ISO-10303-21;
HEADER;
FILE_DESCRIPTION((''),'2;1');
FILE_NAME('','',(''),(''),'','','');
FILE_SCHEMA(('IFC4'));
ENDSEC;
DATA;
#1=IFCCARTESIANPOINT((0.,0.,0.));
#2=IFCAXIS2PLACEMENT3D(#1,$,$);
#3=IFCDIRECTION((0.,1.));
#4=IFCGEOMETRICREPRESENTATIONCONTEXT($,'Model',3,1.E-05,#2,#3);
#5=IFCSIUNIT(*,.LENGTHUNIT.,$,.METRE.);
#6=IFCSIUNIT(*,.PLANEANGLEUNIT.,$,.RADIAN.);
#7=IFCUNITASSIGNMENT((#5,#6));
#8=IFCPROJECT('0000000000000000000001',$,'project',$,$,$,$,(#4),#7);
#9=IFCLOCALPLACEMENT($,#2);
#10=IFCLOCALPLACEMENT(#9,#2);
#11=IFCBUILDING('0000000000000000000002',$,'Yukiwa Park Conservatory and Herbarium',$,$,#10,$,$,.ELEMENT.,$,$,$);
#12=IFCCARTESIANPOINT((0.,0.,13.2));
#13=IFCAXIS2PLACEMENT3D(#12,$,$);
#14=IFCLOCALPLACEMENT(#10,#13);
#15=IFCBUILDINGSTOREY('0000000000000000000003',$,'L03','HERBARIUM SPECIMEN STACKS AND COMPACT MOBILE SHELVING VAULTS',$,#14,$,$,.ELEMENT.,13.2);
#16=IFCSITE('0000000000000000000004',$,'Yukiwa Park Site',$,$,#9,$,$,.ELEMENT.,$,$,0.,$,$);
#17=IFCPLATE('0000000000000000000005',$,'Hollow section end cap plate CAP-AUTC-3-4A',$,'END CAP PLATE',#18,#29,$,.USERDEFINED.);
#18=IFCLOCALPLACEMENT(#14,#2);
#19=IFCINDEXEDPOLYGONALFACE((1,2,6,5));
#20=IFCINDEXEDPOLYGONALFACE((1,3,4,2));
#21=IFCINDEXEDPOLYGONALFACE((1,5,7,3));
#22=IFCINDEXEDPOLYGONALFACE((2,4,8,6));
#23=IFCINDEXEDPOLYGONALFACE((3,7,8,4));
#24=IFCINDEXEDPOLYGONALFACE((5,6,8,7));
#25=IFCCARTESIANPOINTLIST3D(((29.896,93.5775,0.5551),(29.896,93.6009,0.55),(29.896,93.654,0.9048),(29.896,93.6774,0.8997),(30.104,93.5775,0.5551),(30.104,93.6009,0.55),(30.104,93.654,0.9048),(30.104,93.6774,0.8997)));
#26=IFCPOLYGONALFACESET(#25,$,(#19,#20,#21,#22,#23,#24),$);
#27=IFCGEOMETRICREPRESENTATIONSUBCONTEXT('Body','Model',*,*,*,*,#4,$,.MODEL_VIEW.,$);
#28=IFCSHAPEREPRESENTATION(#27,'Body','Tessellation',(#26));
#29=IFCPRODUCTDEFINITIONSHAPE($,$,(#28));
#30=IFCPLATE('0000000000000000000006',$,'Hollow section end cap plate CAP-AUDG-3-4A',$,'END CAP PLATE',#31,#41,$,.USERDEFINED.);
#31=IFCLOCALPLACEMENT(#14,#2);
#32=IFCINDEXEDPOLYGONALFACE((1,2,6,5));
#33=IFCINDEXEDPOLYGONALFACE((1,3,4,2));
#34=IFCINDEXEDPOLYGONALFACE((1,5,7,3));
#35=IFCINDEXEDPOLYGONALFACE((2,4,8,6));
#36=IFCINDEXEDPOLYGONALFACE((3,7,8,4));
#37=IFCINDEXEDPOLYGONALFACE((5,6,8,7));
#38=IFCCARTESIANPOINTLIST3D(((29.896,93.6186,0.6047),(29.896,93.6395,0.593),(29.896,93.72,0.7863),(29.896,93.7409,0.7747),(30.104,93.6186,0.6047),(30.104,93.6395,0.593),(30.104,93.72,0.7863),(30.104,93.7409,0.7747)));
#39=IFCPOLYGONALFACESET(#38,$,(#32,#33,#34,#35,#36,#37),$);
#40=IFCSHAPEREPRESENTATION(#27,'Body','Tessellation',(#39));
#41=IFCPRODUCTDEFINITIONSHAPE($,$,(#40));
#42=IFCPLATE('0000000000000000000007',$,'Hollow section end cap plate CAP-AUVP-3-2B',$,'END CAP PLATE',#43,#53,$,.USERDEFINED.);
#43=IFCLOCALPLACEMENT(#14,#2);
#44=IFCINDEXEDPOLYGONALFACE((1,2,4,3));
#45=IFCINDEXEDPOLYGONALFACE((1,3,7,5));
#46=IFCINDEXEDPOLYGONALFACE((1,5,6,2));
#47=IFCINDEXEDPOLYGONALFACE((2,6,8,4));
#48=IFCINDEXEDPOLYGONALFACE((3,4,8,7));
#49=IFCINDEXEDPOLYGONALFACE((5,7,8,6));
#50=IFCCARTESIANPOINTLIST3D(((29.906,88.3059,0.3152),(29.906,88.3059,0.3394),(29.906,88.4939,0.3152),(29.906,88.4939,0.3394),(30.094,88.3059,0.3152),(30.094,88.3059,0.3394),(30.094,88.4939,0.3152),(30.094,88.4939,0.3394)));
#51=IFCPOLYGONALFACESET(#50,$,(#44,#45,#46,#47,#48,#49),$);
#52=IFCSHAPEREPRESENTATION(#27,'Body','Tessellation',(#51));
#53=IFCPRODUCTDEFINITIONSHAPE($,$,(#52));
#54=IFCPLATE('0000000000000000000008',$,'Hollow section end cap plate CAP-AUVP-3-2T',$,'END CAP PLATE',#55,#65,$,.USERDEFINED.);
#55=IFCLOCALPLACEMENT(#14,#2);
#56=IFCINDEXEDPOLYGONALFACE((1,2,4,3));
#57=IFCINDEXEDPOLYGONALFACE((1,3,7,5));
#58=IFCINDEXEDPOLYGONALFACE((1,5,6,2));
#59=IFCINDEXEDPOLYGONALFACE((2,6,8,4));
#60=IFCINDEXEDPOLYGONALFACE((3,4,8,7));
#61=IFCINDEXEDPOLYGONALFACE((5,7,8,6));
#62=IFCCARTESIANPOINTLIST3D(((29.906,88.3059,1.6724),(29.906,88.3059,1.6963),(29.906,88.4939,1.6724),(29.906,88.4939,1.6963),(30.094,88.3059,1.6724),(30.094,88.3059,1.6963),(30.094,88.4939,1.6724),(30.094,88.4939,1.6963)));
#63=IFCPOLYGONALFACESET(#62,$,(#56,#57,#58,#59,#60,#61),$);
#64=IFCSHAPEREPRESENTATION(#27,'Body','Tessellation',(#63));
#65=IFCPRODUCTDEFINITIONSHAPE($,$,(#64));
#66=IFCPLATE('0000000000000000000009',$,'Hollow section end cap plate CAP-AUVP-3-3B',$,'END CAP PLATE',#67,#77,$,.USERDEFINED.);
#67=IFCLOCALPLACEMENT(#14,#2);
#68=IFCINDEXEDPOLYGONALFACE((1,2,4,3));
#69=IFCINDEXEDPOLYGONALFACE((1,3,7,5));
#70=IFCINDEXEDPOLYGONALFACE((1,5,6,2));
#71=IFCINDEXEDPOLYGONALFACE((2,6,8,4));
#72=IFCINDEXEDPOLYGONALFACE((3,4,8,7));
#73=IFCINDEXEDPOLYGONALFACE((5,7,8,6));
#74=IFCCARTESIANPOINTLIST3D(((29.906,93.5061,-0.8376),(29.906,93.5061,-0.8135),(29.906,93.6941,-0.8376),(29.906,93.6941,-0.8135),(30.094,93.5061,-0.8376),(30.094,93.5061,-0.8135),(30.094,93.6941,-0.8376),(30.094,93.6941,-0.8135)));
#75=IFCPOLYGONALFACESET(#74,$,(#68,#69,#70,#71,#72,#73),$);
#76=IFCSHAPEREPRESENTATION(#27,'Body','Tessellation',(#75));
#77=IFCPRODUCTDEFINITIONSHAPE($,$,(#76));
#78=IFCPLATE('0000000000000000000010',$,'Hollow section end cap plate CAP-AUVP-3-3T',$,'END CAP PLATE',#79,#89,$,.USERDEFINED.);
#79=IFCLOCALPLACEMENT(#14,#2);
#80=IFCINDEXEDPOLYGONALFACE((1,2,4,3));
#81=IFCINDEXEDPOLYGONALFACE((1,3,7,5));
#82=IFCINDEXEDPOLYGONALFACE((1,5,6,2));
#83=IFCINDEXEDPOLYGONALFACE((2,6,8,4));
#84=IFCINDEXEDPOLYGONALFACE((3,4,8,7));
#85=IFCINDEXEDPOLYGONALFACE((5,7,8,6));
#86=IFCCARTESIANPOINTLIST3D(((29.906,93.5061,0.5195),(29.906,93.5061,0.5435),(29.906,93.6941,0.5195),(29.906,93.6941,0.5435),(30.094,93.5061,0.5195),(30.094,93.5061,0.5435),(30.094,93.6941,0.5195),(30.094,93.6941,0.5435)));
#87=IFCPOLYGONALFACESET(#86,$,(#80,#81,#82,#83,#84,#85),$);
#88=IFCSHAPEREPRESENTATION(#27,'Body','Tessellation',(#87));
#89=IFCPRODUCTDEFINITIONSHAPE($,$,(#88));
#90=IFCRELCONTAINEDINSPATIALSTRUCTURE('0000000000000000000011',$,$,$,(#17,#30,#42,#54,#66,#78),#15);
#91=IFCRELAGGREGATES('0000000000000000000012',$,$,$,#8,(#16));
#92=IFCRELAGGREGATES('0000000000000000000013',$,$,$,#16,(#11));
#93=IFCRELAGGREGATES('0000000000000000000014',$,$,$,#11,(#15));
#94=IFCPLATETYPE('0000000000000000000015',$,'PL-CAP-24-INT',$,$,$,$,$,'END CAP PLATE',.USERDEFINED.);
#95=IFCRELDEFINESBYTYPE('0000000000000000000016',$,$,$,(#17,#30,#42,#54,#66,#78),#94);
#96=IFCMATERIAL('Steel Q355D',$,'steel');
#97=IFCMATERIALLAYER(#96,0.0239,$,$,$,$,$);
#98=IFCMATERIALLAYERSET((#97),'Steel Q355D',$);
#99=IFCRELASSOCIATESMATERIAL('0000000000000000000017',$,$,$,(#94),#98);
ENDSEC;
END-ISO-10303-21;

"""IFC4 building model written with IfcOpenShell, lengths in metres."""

from ifc_helpers import new_model, si_unit, direction, frame, origin, origin_2d, place, context, subcontext, project, spatial, rectangle, extrude, material, layer, layer_set, type_object, element, save


model = new_model("IFC4")

# Units and contexts
model_context = context("Model", 3, precision=1e-05, world=origin(), true_north=direction((0.0, 1.0)))
body_context = subcontext(model_context, "Body", "Model", "MODEL_VIEW")
ifc_project = project(units=[si_unit("LENGTHUNIT", "METRE"), si_unit("PLANEANGLEUNIT", "RADIAN")], contexts=[model_context])

# Site, building, storey
site_placement = place(None, origin())
site = spatial("IfcSite", under=ifc_project, at=site_placement, Name="Yukiwa Park Site", CompositionType="ELEMENT", RefElevation=0.0)
building_placement = place(site_placement, origin())
building = spatial("IfcBuilding", under=site, at=building_placement, Name="Yukiwa Park Conservatory and Herbarium", CompositionType="ELEMENT")
storey_placement = place(building_placement, frame((0.0, 0.0, 13.2)))
storey = spatial("IfcBuildingStorey", under=building, at=storey_placement, Name="L03", Description="HERBARIUM SPECIMEN STACKS AND COMPACT MOBILE SHELVING VAULTS", CompositionType="ELEMENT", Elevation=13.2)

# Plates
ifc_material_1 = material(Name="Steel Q355D", Category="steel")
ifc_layer = layer(ifc_material_1, 0.0239)
ifc_layer_set = layer_set([ifc_layer], Name="Steel Q355D")
plate_type = type_object("IfcPlateType", Name="PL-CAP-24-INT", ElementType="END CAP PLATE", PredefinedType="USERDEFINED", material=ifc_layer_set)
plate_1_placement = place(storey_placement, frame((30.0, 93.6392, 0.7249), z_axis=(0.0, -0.9769, 0.213697), x_axis=(1.0, 0.0, 0.0)))
element("IfcPlate", 1, at=plate_1_placement, inside=storey, type_object=plate_type, Name="Hollow section end cap plate CAP-AUTC-3-4A", ObjectType="END CAP PLATE", PredefinedType="USERDEFINED", context=body_context, shape_type="SweptSolid", body=[
    extrude(rectangle(XDim=0.208, YDim=0.3579, at=origin_2d()), origin(), (0.0, 0.0, 1.0), 0.0239),
])
plate_2_placement = place(storey_placement, frame((30.0, 93.6902, 0.6838), z_axis=(0.0, -0.873198, 0.487366), x_axis=(1.0, 0.0, 0.0)))
element("IfcPlate", 2, at=plate_2_placement, inside=storey, type_object=plate_type, Name="Hollow section end cap plate CAP-AUDG-3-4A", ObjectType="END CAP PLATE", PredefinedType="USERDEFINED", context=body_context, shape_type="SweptSolid", body=[
    extrude(rectangle(XDim=0.208, YDim=0.208, at=origin_2d()), origin(), (0.0, 0.0, 1.0), 0.0239),
])
plate_3_placement = place(storey_placement, frame((30.0, 88.3999, 0.3394), z_axis=(0.0, 0.0, -1.0), x_axis=(1.0, 0.0, 0.0)))
element("IfcPlate", 3, at=plate_3_placement, inside=storey, type_object=plate_type, Name="Hollow section end cap plate CAP-AUVP-3-2B", ObjectType="END CAP PLATE", PredefinedType="USERDEFINED", context=body_context, shape_type="SweptSolid", body=[
    extrude(rectangle(XDim=0.188, YDim=0.188, at=origin_2d()), origin(), (0.0, 0.0, 1.0), 0.0242),
])
plate_4_placement = place(storey_placement, frame((30.0, 88.3999, 1.6724), z_axis=(0.0, 0.0, 1.0), x_axis=(1.0, 0.0, 0.0)))
element("IfcPlate", 4, at=plate_4_placement, inside=storey, type_object=plate_type, Name="Hollow section end cap plate CAP-AUVP-3-2T", ObjectType="END CAP PLATE", PredefinedType="USERDEFINED", context=body_context, shape_type="SweptSolid", body=[
    extrude(rectangle(XDim=0.188, YDim=0.188, at=origin_2d()), origin(), (0.0, 0.0, 1.0), 0.0239),
])
plate_5_placement = place(storey_placement, frame((30.0, 93.6001, -0.8135), z_axis=(0.0, 0.0, -1.0), x_axis=(1.0, 0.0, 0.0)))
element("IfcPlate", 5, at=plate_5_placement, inside=storey, type_object=plate_type, Name="Hollow section end cap plate CAP-AUVP-3-3B", ObjectType="END CAP PLATE", PredefinedType="USERDEFINED", context=body_context, shape_type="SweptSolid", body=[
    extrude(rectangle(XDim=0.188, YDim=0.188, at=origin_2d()), origin(), (0.0, 0.0, 1.0), 0.0242),
])
plate_6_placement = place(storey_placement, frame((30.0, 93.6001, 0.5195), z_axis=(0.0, 0.0, 1.0), x_axis=(1.0, 0.0, 0.0)))
element("IfcPlate", 6, at=plate_6_placement, inside=storey, type_object=plate_type, Name="Hollow section end cap plate CAP-AUVP-3-3T", ObjectType="END CAP PLATE", PredefinedType="USERDEFINED", context=body_context, shape_type="SweptSolid", body=[
    extrude(rectangle(XDim=0.188, YDim=0.188, at=origin_2d()), origin(), (0.0, 0.0, 1.0), 0.0239),
])

save(model, "model.ifc")
